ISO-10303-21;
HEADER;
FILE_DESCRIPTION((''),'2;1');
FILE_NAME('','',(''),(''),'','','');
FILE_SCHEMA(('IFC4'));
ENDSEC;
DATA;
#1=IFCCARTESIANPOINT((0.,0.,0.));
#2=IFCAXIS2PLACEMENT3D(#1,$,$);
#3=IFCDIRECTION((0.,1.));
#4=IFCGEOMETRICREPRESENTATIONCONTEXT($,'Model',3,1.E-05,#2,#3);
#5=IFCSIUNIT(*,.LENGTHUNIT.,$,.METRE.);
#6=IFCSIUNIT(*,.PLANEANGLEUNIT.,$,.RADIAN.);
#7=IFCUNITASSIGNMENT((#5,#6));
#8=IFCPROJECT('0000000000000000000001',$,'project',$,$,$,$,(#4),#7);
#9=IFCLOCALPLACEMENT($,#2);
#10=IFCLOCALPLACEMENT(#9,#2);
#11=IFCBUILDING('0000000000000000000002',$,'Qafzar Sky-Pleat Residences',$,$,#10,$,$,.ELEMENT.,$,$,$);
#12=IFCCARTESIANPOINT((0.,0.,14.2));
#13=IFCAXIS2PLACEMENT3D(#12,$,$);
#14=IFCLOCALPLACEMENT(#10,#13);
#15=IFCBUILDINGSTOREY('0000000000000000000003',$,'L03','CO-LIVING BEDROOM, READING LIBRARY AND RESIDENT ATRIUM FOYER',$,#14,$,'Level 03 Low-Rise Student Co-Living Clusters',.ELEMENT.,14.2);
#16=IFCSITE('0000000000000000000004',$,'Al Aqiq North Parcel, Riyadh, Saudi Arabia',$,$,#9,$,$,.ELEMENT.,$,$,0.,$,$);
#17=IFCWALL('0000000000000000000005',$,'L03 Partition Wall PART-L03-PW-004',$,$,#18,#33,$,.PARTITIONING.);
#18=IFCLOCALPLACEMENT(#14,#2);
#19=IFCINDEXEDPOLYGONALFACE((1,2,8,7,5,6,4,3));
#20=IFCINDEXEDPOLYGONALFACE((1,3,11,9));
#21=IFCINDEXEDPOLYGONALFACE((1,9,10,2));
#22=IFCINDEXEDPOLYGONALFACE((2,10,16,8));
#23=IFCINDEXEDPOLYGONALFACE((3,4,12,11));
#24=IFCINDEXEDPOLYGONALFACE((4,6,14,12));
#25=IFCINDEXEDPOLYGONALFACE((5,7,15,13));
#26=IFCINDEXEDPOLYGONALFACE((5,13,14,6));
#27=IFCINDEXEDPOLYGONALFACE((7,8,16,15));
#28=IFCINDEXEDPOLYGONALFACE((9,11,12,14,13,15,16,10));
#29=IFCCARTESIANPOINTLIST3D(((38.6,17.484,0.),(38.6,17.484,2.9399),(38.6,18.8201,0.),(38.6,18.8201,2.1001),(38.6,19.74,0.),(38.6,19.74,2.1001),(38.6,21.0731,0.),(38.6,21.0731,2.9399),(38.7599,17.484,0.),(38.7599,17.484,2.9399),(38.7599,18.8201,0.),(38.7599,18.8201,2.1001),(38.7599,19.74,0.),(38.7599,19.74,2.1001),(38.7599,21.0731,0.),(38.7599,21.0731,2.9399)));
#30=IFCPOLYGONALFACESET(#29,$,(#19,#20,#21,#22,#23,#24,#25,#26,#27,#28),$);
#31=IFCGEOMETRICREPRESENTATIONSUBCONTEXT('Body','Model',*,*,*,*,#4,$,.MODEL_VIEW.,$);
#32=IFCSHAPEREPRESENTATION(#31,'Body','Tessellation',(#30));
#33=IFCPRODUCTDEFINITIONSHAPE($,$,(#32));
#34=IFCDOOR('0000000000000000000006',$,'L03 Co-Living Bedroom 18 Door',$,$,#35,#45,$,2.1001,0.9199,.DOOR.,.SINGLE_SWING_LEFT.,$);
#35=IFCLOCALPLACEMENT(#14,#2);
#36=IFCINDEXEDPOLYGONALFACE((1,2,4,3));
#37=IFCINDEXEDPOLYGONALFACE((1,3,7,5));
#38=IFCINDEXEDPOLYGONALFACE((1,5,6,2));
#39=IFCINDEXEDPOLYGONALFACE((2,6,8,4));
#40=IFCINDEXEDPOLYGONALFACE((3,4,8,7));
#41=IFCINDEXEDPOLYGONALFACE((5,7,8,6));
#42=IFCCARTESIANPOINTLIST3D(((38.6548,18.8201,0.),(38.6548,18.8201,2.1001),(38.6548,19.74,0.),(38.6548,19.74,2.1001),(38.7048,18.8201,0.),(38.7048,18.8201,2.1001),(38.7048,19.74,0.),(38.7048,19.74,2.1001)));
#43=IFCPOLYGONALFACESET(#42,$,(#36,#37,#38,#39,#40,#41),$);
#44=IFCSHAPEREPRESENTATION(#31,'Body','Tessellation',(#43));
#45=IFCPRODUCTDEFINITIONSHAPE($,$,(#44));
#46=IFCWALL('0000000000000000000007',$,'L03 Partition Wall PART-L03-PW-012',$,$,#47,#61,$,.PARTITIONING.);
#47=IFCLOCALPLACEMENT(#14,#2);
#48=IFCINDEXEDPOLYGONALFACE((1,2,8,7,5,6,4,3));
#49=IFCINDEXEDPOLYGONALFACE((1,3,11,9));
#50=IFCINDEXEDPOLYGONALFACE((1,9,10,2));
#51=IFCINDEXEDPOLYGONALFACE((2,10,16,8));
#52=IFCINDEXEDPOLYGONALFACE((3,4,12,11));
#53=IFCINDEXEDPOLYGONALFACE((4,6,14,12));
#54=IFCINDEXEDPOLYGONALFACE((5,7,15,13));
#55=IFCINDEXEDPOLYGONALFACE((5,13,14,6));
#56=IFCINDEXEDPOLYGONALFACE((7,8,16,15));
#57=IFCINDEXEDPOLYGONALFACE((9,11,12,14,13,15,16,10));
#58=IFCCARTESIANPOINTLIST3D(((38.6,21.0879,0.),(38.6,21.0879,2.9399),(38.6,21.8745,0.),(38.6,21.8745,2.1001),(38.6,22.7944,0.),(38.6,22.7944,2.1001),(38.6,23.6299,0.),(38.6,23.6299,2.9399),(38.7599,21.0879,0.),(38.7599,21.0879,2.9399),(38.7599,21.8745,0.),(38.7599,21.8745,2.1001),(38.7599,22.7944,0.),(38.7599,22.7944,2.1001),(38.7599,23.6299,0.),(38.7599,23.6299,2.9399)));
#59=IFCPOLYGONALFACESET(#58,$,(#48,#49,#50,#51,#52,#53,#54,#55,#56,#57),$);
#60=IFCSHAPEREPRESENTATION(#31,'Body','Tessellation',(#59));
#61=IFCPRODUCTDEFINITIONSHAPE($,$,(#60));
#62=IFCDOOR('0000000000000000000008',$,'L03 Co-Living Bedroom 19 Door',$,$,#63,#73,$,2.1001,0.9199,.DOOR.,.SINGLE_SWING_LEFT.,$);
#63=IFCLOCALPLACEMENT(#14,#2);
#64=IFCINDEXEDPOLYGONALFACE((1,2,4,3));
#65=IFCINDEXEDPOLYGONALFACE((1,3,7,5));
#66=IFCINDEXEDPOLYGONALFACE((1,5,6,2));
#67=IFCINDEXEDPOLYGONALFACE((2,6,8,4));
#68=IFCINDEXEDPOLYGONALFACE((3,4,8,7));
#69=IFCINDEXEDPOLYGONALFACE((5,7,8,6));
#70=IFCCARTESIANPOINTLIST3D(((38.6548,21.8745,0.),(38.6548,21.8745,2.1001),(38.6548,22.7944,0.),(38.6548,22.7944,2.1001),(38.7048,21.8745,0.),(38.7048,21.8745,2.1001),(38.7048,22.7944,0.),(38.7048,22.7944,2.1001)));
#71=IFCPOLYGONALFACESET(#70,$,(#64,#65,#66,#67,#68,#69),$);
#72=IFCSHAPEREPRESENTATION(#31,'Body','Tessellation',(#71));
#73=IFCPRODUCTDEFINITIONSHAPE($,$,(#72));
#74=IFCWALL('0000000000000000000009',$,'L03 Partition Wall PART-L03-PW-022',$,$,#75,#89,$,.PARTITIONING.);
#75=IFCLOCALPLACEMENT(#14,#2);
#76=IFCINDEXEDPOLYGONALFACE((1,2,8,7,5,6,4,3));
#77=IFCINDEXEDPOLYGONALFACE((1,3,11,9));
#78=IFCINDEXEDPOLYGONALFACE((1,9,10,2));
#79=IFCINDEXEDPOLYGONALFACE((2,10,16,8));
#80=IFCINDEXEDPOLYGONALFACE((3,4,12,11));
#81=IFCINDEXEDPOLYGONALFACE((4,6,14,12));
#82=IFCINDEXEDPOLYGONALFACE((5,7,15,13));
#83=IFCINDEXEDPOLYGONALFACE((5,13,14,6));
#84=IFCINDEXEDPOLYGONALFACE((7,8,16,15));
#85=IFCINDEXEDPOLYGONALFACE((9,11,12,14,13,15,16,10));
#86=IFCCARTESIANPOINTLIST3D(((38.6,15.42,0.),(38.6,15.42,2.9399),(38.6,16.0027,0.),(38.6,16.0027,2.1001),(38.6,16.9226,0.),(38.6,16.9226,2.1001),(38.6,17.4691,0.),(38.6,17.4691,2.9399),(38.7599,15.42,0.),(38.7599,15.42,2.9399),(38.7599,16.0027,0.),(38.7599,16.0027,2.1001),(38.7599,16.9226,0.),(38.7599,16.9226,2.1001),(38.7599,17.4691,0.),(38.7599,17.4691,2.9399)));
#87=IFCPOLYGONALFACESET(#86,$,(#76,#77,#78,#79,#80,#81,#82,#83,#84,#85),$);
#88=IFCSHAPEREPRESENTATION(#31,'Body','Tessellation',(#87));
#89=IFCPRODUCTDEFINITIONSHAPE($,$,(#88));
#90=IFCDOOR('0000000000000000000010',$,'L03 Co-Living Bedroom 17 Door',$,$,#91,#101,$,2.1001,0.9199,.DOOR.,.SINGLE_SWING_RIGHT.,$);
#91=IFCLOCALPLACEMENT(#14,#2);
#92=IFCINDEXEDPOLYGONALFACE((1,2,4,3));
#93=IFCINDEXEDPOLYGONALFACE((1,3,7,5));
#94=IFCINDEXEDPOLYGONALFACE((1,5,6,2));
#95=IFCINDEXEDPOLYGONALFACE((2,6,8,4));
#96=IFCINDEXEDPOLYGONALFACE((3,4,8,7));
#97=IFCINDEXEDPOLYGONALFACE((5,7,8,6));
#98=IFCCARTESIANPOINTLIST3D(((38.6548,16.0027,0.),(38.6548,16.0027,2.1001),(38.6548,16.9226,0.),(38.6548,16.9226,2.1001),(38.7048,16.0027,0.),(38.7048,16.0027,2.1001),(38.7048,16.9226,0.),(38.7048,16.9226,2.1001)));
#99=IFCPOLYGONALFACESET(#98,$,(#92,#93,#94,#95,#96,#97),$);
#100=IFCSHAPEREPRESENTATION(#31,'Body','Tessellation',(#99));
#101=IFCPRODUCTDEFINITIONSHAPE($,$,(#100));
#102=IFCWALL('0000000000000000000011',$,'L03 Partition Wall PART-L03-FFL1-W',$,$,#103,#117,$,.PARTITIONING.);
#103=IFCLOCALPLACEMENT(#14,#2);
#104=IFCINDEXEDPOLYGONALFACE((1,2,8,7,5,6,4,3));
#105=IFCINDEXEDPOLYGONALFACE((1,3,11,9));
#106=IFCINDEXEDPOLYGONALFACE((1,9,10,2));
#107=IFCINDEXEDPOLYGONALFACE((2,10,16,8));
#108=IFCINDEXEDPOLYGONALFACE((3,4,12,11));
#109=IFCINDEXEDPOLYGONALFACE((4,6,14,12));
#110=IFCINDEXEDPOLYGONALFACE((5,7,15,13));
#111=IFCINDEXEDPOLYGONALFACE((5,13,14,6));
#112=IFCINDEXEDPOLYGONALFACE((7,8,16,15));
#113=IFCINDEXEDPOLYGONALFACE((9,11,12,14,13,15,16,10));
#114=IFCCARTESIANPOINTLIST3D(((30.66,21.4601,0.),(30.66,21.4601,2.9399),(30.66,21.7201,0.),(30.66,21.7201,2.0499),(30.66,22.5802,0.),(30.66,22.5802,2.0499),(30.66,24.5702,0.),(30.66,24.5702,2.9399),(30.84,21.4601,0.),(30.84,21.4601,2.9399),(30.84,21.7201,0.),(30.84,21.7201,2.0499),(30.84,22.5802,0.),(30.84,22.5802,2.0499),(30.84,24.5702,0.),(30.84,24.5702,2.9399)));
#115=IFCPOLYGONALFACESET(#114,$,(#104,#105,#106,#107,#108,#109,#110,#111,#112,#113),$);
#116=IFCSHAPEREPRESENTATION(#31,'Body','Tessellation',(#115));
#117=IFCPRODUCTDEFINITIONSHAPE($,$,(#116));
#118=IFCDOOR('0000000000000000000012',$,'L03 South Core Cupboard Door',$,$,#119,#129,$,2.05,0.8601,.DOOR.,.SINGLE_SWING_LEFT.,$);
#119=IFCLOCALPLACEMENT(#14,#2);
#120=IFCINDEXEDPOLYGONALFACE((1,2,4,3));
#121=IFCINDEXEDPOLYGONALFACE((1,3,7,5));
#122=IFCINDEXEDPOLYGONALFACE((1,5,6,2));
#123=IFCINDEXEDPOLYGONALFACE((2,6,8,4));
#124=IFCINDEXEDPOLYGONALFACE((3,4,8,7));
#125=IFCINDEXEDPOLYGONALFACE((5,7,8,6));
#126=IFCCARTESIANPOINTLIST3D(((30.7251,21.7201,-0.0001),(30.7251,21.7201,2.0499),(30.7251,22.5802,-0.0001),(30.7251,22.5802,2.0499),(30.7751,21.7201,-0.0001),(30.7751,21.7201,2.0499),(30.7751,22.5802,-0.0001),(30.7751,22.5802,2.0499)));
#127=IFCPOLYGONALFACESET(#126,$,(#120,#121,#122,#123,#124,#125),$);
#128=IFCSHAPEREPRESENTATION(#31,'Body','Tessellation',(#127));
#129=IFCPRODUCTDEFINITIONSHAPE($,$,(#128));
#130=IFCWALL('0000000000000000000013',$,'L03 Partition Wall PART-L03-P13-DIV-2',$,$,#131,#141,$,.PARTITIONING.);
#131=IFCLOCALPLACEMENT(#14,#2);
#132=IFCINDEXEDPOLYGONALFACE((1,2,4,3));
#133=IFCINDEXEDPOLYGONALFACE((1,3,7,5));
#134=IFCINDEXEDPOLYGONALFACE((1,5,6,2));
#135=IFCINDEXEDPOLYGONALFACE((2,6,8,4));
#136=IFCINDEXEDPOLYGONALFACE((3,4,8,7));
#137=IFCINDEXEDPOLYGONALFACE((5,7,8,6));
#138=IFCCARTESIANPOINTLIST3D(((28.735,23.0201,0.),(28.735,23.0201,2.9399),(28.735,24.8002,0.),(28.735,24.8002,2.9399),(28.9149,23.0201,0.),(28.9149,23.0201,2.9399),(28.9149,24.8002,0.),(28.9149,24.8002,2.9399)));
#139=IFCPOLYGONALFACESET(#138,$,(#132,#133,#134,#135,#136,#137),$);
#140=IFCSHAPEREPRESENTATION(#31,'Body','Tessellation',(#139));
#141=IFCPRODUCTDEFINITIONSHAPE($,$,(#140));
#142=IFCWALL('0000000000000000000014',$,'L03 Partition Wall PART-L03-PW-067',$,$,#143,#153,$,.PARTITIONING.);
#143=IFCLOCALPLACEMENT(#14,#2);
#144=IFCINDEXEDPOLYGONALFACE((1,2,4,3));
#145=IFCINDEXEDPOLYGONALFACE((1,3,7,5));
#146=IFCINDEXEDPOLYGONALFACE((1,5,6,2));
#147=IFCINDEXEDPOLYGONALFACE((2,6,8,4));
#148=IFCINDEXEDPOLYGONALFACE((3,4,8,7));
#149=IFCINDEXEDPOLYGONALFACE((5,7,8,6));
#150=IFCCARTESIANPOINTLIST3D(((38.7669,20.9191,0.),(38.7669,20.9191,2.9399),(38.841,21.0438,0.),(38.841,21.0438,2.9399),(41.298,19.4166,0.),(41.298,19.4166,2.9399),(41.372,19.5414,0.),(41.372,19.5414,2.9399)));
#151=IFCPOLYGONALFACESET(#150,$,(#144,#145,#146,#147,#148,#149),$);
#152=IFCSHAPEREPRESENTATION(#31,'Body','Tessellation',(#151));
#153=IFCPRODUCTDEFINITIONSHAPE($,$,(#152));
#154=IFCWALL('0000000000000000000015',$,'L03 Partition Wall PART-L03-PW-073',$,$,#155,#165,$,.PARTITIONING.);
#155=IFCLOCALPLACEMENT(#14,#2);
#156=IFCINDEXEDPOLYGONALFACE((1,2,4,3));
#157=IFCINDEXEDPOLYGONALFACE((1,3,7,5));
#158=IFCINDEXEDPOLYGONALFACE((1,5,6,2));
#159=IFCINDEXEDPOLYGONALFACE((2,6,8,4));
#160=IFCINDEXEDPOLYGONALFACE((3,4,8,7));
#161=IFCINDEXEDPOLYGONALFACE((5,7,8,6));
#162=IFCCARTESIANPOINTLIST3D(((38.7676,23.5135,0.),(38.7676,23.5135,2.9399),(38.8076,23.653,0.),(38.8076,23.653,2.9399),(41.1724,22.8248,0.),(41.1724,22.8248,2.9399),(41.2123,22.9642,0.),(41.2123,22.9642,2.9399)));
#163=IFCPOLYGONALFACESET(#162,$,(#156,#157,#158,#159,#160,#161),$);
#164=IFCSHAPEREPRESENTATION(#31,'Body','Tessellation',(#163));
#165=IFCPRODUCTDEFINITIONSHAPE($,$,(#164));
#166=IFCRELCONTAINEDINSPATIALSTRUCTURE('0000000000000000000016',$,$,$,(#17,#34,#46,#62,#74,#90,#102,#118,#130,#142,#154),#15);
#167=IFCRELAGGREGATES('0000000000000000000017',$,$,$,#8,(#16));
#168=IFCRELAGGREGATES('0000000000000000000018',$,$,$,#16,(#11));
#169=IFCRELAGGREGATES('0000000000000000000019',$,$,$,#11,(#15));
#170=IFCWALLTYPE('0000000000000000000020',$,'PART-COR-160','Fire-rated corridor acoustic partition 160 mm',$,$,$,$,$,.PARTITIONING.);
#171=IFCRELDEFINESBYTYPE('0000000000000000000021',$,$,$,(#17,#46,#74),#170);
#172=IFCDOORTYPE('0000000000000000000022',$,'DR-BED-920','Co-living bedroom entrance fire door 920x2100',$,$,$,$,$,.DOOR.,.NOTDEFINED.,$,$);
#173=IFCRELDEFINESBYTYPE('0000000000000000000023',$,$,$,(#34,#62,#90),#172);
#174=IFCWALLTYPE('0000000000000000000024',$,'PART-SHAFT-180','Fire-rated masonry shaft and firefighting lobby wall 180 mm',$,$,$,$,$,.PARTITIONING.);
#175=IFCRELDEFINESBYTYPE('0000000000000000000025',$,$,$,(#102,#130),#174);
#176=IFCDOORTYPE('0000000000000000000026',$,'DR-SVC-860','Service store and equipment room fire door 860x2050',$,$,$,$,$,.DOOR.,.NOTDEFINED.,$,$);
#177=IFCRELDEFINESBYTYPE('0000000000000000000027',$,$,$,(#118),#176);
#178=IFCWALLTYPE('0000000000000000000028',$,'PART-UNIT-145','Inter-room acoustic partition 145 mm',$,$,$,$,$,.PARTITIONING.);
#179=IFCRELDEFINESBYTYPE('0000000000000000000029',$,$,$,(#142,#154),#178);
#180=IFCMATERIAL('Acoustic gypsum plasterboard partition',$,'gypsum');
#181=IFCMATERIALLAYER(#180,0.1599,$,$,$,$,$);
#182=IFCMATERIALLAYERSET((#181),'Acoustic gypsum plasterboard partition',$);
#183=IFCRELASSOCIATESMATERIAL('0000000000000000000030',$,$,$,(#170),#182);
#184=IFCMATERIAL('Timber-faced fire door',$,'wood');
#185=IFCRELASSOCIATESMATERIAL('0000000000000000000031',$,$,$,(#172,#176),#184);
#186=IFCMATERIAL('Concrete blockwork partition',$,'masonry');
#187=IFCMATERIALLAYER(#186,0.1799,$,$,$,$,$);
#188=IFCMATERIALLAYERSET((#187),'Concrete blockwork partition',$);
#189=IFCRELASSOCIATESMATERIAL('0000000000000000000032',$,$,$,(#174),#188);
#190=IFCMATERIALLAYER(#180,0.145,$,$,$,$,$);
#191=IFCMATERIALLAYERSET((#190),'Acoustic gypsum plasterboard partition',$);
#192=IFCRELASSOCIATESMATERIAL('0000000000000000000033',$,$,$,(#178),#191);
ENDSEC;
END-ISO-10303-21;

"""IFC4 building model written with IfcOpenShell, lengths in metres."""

from ifc_helpers import new_model, si_unit, direction, frame, frame_2d, origin, place, context, subcontext, project, spatial, rectangle, extrude, source, transform, mapped, material, layer, layer_set, type_object, element, fill, save


model = new_model("IFC4")

# Units and contexts
model_context = context("Model", 3, precision=1e-05, world=origin(), true_north=direction((0.0, 1.0)))
body_context = subcontext(model_context, "Body", "Model", "MODEL_VIEW")
ifc_project = project(units=[si_unit("LENGTHUNIT", "METRE"), si_unit("PLANEANGLEUNIT", "RADIAN")], contexts=[model_context])

# Site, building, storey
site_placement = place(None, origin())
site = spatial("IfcSite", under=ifc_project, at=site_placement, Name="Al Aqiq North Parcel, Riyadh, Saudi Arabia", CompositionType="ELEMENT", RefElevation=0.0)
building_placement = place(site_placement, origin())
building = spatial("IfcBuilding", under=site, at=building_placement, Name="Qafzar Sky-Pleat Residences", CompositionType="ELEMENT")
storey_placement = place(building_placement, frame((0.0, 0.0, 14.2)))
storey = spatial("IfcBuildingStorey", under=building, at=storey_placement, Name="L03", Description="CO-LIVING BEDROOM, READING LIBRARY AND RESIDENT ATRIUM FOYER", LongName="Level 03 Low-Rise Student Co-Living Clusters", CompositionType="ELEMENT", Elevation=14.2)

# Walls, openings, doors
ifc_material_1 = material(Name="Acoustic gypsum plasterboard partition", Category="gypsum")
ifc_layer_1 = layer(ifc_material_1, 0.1599)
ifc_layer_set_1 = layer_set([ifc_layer_1], Name="Acoustic gypsum plasterboard partition")
wall_type_1 = type_object("IfcWallType", Name="PART-COR-160", Description="Fire-rated corridor acoustic partition 160 mm", PredefinedType="PARTITIONING", material=ifc_layer_set_1)
wall_1_placement = place(storey_placement, frame((38.6799, 21.073, 0.0), z_axis=(0.0, 0.0, 1.0), x_axis=(0.0, -1.0, 0.0)))
wall_1 = element("IfcWall", 1, at=wall_1_placement, inside=storey, type_object=wall_type_1, Name="L03 Partition Wall PART-L03-PW-004", PredefinedType="PARTITIONING", context=body_context, shape_type="SweptSolid", body=[
    extrude(rectangle(XDim=3.5891, YDim=0.1599, at=frame_2d((1.7944, 0.0))), origin(), (0.0, 0.0, 1.0), 2.9399),
])
opening_1_placement = place(wall_1_placement, frame((1.333, 0.0, 0.0)))
opening_1 = element("IfcOpeningElement", 2, at=opening_1_placement, cuts=wall_1, PredefinedType="OPENING", context=body_context, shape_type="SweptSolid", body=[
    extrude(rectangle(XDim=0.9199, YDim=2.1001, at=frame_2d((0.46, 1.05))), frame((0.0, 0.0898, 0.0), z_axis=(0.0, -1.0, 0.0), x_axis=(1.0, 0.0, 0.0)), (0.0, 0.0, 1.0), 0.1799),
])
ifc_material_2 = material(Name="Timber-faced fire door", Category="wood")
door_type_1 = type_object("IfcDoorType", Name="DR-BED-920", Description="Co-living bedroom entrance fire door 920x2100", OperationType="NOTDEFINED", PredefinedType="DOOR", material=ifc_material_2)
shared_shape_1 = source(origin(), body_context, "Body", "SweptSolid", [
    extrude(rectangle(XDim=0.9199, YDim=2.1001, at=frame_2d((0.46, 1.05))), frame((0.0, 0.0249, 0.0), z_axis=(0.0, -1.0, 0.0), x_axis=(1.0, 0.0, 0.0)), (0.0, 0.0, 1.0), 0.05),
])
door_1_placement = place(opening_1_placement, origin())
door_1 = element("IfcDoor", 3, at=door_1_placement, inside=storey, type_object=door_type_1, Name="L03 Co-Living Bedroom 18 Door", OperationType="SINGLE_SWING_LEFT", OverallHeight=2.1001, OverallWidth=0.9199, PredefinedType="DOOR", context=body_context, shape_type="MappedRepresentation", body=[
    mapped(shared_shape_1, transform((0.0, 0.0, 0.0), x_axis=(1.0, 0.0, 0.0), y_axis=(0.0, 1.0, 0.0), z_axis=(0.0, 0.0, 1.0), scale=1.0)),
])
fill(opening_1, door_1)
wall_2_placement = place(storey_placement, frame((38.6799, 23.6299, 0.0), z_axis=(0.0, 0.0, 1.0), x_axis=(0.0, -1.0, 0.0)))
wall_2 = element("IfcWall", 4, at=wall_2_placement, inside=storey, type_object=wall_type_1, Name="L03 Partition Wall PART-L03-PW-012", PredefinedType="PARTITIONING", context=body_context, shape_type="SweptSolid", body=[
    extrude(rectangle(XDim=2.542, YDim=0.1599, at=frame_2d((1.271, 0.0))), origin(), (0.0, 0.0, 1.0), 2.9399),
])
opening_2_placement = place(wall_2_placement, frame((0.8354, 0.0, 0.0)))
opening_2 = element("IfcOpeningElement", 5, at=opening_2_placement, cuts=wall_2, PredefinedType="OPENING", context=body_context, shape_type="SweptSolid", body=[
    extrude(rectangle(XDim=0.9199, YDim=2.1001, at=frame_2d((0.46, 1.05))), frame((0.0, 0.0898, 0.0), z_axis=(0.0, -1.0, 0.0), x_axis=(1.0, 0.0, 0.0)), (0.0, 0.0, 1.0), 0.1799),
])
door_2_placement = place(opening_2_placement, origin())
door_2 = element("IfcDoor", 6, at=door_2_placement, inside=storey, type_object=door_type_1, Name="L03 Co-Living Bedroom 19 Door", OperationType="SINGLE_SWING_LEFT", OverallHeight=2.1001, OverallWidth=0.9199, PredefinedType="DOOR", context=body_context, shape_type="MappedRepresentation", body=[
    mapped(shared_shape_1, transform((0.0, 0.0, 0.0), x_axis=(1.0, 0.0, 0.0), y_axis=(0.0, 1.0, 0.0), z_axis=(0.0, 0.0, 1.0), scale=1.0)),
])
fill(opening_2, door_2)
wall_3_placement = place(storey_placement, frame((38.6799, 17.469, 0.0), z_axis=(0.0, 0.0, 1.0), x_axis=(0.0, -1.0, 0.0)))
wall_3 = element("IfcWall", 7, at=wall_3_placement, inside=storey, type_object=wall_type_1, Name="L03 Partition Wall PART-L03-PW-022", PredefinedType="PARTITIONING", context=body_context, shape_type="SweptSolid", body=[
    extrude(rectangle(XDim=2.0491, YDim=0.1599, at=frame_2d((1.0244, 0.0))), origin(), (0.0, 0.0, 1.0), 2.9399),
])
opening_3_placement = place(wall_3_placement, frame((0.5464, 0.0, 0.0)))
opening_3 = element("IfcOpeningElement", 8, at=opening_3_placement, cuts=wall_3, PredefinedType="OPENING", context=body_context, shape_type="SweptSolid", body=[
    extrude(rectangle(XDim=0.9199, YDim=2.1001, at=frame_2d((0.46, 1.05))), frame((0.0, 0.0898, 0.0), z_axis=(0.0, -1.0, 0.0), x_axis=(1.0, 0.0, 0.0)), (0.0, 0.0, 1.0), 0.1799),
])
door_3_placement = place(opening_3_placement, origin())
door_3 = element("IfcDoor", 9, at=door_3_placement, inside=storey, type_object=door_type_1, Name="L03 Co-Living Bedroom 17 Door", OperationType="SINGLE_SWING_RIGHT", OverallHeight=2.1001, OverallWidth=0.9199, PredefinedType="DOOR", context=body_context, shape_type="MappedRepresentation", body=[
    mapped(shared_shape_1, transform((0.0, 0.0, 0.0), x_axis=(1.0, 0.0, 0.0), y_axis=(0.0, 1.0, 0.0), z_axis=(0.0, 0.0, 1.0), scale=1.0)),
])
fill(opening_3, door_3)
ifc_material_3 = material(Name="Concrete blockwork partition", Category="masonry")
ifc_layer_2 = layer(ifc_material_3, 0.1799)
ifc_layer_set_2 = layer_set([ifc_layer_2], Name="Concrete blockwork partition")
wall_type_2 = type_object("IfcWallType", Name="PART-SHAFT-180", Description="Fire-rated masonry shaft and firefighting lobby wall 180 mm", PredefinedType="PARTITIONING", material=ifc_layer_set_2)
wall_4_placement = place(storey_placement, frame((30.75, 21.46, 0.0), z_axis=(0.0, 0.0, 1.0), x_axis=(0.0, 1.0, 0.0)))
wall_4 = element("IfcWall", 10, at=wall_4_placement, inside=storey, type_object=wall_type_2, Name="L03 Partition Wall PART-L03-FFL1-W", PredefinedType="PARTITIONING", context=body_context, shape_type="SweptSolid", body=[
    extrude(rectangle(XDim=3.1101, YDim=0.1799, at=frame_2d((1.5552, 0.0))), origin(), (0.0, 0.0, 1.0), 2.9399),
])
opening_4_placement = place(wall_4_placement, frame((0.26, 0.0, 0.0)))
opening_4 = element("IfcOpeningElement", 11, at=opening_4_placement, cuts=wall_4, PredefinedType="OPENING", context=body_context, shape_type="SweptSolid", body=[
    extrude(rectangle(XDim=0.8601, YDim=2.05, at=frame_2d((0.4302, 1.0249))), frame((0.0, 0.1001, 0.0), z_axis=(0.0, -1.0, 0.0), x_axis=(1.0, 0.0, 0.0)), (0.0, 0.0, 1.0), 0.2),
])
door_type_2 = type_object("IfcDoorType", Name="DR-SVC-860", Description="Service store and equipment room fire door 860x2050", OperationType="NOTDEFINED", PredefinedType="DOOR", material=ifc_material_2)
shared_shape_2 = source(origin(), body_context, "Body", "SweptSolid", [
    extrude(rectangle(XDim=0.8601, YDim=2.05, at=frame_2d((0.4302, 1.0249))), frame((0.0, 0.0249, 0.0), z_axis=(0.0, -1.0, 0.0), x_axis=(1.0, 0.0, 0.0)), (0.0, 0.0, 1.0), 0.05),
])
door_4_placement = place(opening_4_placement, origin())
door_4 = element("IfcDoor", 12, at=door_4_placement, inside=storey, type_object=door_type_2, Name="L03 South Core Cupboard Door", OperationType="SINGLE_SWING_LEFT", OverallHeight=2.05, OverallWidth=0.8601, PredefinedType="DOOR", context=body_context, shape_type="MappedRepresentation", body=[
    mapped(shared_shape_2, transform((0.0, 0.0, 0.0), x_axis=(1.0, 0.0, 0.0), y_axis=(0.0, 1.0, 0.0), z_axis=(0.0, 0.0, 1.0), scale=1.0)),
])
fill(opening_4, door_4)

# Walls
wall_5_placement = place(storey_placement, frame((28.825, 23.02, 0.0), z_axis=(0.0, 0.0, 1.0), x_axis=(0.0, 1.0, 0.0)))
element("IfcWall", 13, at=wall_5_placement, inside=storey, type_object=wall_type_2, Name="L03 Partition Wall PART-L03-P13-DIV-2", PredefinedType="PARTITIONING", context=body_context, shape_type="SweptSolid", body=[
    extrude(rectangle(XDim=1.78, YDim=0.1799, at=frame_2d((0.8901, 0.0))), origin(), (0.0, 0.0, 1.0), 2.9399),
])
ifc_layer_3 = layer(ifc_material_1, 0.145)
ifc_layer_set_3 = layer_set([ifc_layer_3], Name="Acoustic gypsum plasterboard partition")
wall_type_3 = type_object("IfcWallType", Name="PART-UNIT-145", Description="Inter-room acoustic partition 145 mm", PredefinedType="PARTITIONING", material=ifc_layer_set_3)
wall_6_placement = place(storey_placement, frame((38.804, 20.9814, 0.0), z_axis=(0.0, 0.0, 1.0), x_axis=(0.859906, -0.510453, 0.0)))
element("IfcWall", 14, at=wall_6_placement, inside=storey, type_object=wall_type_3, Name="L03 Partition Wall PART-L03-PW-067", PredefinedType="PARTITIONING", context=body_context, shape_type="SweptSolid", body=[
    extrude(rectangle(XDim=2.9434, YDim=0.145, at=frame_2d((1.4717, 0.0))), origin(), (0.0, 0.0, 1.0), 2.9399),
])
wall_7_placement = place(storey_placement, frame((38.7876, 23.5833, 0.0), z_axis=(0.0, 0.0, 1.0), x_axis=(0.961351, -0.275327, 0.0)))
element("IfcWall", 15, at=wall_7_placement, inside=storey, type_object=wall_type_3, Name="L03 Partition Wall PART-L03-PW-073", PredefinedType="PARTITIONING", context=body_context, shape_type="SweptSolid", body=[
    extrude(rectangle(XDim=2.5015, YDim=0.145, at=frame_2d((1.2507, 0.0))), origin(), (0.0, 0.0, 1.0), 2.9399),
])

save(model, "model.ifc")
